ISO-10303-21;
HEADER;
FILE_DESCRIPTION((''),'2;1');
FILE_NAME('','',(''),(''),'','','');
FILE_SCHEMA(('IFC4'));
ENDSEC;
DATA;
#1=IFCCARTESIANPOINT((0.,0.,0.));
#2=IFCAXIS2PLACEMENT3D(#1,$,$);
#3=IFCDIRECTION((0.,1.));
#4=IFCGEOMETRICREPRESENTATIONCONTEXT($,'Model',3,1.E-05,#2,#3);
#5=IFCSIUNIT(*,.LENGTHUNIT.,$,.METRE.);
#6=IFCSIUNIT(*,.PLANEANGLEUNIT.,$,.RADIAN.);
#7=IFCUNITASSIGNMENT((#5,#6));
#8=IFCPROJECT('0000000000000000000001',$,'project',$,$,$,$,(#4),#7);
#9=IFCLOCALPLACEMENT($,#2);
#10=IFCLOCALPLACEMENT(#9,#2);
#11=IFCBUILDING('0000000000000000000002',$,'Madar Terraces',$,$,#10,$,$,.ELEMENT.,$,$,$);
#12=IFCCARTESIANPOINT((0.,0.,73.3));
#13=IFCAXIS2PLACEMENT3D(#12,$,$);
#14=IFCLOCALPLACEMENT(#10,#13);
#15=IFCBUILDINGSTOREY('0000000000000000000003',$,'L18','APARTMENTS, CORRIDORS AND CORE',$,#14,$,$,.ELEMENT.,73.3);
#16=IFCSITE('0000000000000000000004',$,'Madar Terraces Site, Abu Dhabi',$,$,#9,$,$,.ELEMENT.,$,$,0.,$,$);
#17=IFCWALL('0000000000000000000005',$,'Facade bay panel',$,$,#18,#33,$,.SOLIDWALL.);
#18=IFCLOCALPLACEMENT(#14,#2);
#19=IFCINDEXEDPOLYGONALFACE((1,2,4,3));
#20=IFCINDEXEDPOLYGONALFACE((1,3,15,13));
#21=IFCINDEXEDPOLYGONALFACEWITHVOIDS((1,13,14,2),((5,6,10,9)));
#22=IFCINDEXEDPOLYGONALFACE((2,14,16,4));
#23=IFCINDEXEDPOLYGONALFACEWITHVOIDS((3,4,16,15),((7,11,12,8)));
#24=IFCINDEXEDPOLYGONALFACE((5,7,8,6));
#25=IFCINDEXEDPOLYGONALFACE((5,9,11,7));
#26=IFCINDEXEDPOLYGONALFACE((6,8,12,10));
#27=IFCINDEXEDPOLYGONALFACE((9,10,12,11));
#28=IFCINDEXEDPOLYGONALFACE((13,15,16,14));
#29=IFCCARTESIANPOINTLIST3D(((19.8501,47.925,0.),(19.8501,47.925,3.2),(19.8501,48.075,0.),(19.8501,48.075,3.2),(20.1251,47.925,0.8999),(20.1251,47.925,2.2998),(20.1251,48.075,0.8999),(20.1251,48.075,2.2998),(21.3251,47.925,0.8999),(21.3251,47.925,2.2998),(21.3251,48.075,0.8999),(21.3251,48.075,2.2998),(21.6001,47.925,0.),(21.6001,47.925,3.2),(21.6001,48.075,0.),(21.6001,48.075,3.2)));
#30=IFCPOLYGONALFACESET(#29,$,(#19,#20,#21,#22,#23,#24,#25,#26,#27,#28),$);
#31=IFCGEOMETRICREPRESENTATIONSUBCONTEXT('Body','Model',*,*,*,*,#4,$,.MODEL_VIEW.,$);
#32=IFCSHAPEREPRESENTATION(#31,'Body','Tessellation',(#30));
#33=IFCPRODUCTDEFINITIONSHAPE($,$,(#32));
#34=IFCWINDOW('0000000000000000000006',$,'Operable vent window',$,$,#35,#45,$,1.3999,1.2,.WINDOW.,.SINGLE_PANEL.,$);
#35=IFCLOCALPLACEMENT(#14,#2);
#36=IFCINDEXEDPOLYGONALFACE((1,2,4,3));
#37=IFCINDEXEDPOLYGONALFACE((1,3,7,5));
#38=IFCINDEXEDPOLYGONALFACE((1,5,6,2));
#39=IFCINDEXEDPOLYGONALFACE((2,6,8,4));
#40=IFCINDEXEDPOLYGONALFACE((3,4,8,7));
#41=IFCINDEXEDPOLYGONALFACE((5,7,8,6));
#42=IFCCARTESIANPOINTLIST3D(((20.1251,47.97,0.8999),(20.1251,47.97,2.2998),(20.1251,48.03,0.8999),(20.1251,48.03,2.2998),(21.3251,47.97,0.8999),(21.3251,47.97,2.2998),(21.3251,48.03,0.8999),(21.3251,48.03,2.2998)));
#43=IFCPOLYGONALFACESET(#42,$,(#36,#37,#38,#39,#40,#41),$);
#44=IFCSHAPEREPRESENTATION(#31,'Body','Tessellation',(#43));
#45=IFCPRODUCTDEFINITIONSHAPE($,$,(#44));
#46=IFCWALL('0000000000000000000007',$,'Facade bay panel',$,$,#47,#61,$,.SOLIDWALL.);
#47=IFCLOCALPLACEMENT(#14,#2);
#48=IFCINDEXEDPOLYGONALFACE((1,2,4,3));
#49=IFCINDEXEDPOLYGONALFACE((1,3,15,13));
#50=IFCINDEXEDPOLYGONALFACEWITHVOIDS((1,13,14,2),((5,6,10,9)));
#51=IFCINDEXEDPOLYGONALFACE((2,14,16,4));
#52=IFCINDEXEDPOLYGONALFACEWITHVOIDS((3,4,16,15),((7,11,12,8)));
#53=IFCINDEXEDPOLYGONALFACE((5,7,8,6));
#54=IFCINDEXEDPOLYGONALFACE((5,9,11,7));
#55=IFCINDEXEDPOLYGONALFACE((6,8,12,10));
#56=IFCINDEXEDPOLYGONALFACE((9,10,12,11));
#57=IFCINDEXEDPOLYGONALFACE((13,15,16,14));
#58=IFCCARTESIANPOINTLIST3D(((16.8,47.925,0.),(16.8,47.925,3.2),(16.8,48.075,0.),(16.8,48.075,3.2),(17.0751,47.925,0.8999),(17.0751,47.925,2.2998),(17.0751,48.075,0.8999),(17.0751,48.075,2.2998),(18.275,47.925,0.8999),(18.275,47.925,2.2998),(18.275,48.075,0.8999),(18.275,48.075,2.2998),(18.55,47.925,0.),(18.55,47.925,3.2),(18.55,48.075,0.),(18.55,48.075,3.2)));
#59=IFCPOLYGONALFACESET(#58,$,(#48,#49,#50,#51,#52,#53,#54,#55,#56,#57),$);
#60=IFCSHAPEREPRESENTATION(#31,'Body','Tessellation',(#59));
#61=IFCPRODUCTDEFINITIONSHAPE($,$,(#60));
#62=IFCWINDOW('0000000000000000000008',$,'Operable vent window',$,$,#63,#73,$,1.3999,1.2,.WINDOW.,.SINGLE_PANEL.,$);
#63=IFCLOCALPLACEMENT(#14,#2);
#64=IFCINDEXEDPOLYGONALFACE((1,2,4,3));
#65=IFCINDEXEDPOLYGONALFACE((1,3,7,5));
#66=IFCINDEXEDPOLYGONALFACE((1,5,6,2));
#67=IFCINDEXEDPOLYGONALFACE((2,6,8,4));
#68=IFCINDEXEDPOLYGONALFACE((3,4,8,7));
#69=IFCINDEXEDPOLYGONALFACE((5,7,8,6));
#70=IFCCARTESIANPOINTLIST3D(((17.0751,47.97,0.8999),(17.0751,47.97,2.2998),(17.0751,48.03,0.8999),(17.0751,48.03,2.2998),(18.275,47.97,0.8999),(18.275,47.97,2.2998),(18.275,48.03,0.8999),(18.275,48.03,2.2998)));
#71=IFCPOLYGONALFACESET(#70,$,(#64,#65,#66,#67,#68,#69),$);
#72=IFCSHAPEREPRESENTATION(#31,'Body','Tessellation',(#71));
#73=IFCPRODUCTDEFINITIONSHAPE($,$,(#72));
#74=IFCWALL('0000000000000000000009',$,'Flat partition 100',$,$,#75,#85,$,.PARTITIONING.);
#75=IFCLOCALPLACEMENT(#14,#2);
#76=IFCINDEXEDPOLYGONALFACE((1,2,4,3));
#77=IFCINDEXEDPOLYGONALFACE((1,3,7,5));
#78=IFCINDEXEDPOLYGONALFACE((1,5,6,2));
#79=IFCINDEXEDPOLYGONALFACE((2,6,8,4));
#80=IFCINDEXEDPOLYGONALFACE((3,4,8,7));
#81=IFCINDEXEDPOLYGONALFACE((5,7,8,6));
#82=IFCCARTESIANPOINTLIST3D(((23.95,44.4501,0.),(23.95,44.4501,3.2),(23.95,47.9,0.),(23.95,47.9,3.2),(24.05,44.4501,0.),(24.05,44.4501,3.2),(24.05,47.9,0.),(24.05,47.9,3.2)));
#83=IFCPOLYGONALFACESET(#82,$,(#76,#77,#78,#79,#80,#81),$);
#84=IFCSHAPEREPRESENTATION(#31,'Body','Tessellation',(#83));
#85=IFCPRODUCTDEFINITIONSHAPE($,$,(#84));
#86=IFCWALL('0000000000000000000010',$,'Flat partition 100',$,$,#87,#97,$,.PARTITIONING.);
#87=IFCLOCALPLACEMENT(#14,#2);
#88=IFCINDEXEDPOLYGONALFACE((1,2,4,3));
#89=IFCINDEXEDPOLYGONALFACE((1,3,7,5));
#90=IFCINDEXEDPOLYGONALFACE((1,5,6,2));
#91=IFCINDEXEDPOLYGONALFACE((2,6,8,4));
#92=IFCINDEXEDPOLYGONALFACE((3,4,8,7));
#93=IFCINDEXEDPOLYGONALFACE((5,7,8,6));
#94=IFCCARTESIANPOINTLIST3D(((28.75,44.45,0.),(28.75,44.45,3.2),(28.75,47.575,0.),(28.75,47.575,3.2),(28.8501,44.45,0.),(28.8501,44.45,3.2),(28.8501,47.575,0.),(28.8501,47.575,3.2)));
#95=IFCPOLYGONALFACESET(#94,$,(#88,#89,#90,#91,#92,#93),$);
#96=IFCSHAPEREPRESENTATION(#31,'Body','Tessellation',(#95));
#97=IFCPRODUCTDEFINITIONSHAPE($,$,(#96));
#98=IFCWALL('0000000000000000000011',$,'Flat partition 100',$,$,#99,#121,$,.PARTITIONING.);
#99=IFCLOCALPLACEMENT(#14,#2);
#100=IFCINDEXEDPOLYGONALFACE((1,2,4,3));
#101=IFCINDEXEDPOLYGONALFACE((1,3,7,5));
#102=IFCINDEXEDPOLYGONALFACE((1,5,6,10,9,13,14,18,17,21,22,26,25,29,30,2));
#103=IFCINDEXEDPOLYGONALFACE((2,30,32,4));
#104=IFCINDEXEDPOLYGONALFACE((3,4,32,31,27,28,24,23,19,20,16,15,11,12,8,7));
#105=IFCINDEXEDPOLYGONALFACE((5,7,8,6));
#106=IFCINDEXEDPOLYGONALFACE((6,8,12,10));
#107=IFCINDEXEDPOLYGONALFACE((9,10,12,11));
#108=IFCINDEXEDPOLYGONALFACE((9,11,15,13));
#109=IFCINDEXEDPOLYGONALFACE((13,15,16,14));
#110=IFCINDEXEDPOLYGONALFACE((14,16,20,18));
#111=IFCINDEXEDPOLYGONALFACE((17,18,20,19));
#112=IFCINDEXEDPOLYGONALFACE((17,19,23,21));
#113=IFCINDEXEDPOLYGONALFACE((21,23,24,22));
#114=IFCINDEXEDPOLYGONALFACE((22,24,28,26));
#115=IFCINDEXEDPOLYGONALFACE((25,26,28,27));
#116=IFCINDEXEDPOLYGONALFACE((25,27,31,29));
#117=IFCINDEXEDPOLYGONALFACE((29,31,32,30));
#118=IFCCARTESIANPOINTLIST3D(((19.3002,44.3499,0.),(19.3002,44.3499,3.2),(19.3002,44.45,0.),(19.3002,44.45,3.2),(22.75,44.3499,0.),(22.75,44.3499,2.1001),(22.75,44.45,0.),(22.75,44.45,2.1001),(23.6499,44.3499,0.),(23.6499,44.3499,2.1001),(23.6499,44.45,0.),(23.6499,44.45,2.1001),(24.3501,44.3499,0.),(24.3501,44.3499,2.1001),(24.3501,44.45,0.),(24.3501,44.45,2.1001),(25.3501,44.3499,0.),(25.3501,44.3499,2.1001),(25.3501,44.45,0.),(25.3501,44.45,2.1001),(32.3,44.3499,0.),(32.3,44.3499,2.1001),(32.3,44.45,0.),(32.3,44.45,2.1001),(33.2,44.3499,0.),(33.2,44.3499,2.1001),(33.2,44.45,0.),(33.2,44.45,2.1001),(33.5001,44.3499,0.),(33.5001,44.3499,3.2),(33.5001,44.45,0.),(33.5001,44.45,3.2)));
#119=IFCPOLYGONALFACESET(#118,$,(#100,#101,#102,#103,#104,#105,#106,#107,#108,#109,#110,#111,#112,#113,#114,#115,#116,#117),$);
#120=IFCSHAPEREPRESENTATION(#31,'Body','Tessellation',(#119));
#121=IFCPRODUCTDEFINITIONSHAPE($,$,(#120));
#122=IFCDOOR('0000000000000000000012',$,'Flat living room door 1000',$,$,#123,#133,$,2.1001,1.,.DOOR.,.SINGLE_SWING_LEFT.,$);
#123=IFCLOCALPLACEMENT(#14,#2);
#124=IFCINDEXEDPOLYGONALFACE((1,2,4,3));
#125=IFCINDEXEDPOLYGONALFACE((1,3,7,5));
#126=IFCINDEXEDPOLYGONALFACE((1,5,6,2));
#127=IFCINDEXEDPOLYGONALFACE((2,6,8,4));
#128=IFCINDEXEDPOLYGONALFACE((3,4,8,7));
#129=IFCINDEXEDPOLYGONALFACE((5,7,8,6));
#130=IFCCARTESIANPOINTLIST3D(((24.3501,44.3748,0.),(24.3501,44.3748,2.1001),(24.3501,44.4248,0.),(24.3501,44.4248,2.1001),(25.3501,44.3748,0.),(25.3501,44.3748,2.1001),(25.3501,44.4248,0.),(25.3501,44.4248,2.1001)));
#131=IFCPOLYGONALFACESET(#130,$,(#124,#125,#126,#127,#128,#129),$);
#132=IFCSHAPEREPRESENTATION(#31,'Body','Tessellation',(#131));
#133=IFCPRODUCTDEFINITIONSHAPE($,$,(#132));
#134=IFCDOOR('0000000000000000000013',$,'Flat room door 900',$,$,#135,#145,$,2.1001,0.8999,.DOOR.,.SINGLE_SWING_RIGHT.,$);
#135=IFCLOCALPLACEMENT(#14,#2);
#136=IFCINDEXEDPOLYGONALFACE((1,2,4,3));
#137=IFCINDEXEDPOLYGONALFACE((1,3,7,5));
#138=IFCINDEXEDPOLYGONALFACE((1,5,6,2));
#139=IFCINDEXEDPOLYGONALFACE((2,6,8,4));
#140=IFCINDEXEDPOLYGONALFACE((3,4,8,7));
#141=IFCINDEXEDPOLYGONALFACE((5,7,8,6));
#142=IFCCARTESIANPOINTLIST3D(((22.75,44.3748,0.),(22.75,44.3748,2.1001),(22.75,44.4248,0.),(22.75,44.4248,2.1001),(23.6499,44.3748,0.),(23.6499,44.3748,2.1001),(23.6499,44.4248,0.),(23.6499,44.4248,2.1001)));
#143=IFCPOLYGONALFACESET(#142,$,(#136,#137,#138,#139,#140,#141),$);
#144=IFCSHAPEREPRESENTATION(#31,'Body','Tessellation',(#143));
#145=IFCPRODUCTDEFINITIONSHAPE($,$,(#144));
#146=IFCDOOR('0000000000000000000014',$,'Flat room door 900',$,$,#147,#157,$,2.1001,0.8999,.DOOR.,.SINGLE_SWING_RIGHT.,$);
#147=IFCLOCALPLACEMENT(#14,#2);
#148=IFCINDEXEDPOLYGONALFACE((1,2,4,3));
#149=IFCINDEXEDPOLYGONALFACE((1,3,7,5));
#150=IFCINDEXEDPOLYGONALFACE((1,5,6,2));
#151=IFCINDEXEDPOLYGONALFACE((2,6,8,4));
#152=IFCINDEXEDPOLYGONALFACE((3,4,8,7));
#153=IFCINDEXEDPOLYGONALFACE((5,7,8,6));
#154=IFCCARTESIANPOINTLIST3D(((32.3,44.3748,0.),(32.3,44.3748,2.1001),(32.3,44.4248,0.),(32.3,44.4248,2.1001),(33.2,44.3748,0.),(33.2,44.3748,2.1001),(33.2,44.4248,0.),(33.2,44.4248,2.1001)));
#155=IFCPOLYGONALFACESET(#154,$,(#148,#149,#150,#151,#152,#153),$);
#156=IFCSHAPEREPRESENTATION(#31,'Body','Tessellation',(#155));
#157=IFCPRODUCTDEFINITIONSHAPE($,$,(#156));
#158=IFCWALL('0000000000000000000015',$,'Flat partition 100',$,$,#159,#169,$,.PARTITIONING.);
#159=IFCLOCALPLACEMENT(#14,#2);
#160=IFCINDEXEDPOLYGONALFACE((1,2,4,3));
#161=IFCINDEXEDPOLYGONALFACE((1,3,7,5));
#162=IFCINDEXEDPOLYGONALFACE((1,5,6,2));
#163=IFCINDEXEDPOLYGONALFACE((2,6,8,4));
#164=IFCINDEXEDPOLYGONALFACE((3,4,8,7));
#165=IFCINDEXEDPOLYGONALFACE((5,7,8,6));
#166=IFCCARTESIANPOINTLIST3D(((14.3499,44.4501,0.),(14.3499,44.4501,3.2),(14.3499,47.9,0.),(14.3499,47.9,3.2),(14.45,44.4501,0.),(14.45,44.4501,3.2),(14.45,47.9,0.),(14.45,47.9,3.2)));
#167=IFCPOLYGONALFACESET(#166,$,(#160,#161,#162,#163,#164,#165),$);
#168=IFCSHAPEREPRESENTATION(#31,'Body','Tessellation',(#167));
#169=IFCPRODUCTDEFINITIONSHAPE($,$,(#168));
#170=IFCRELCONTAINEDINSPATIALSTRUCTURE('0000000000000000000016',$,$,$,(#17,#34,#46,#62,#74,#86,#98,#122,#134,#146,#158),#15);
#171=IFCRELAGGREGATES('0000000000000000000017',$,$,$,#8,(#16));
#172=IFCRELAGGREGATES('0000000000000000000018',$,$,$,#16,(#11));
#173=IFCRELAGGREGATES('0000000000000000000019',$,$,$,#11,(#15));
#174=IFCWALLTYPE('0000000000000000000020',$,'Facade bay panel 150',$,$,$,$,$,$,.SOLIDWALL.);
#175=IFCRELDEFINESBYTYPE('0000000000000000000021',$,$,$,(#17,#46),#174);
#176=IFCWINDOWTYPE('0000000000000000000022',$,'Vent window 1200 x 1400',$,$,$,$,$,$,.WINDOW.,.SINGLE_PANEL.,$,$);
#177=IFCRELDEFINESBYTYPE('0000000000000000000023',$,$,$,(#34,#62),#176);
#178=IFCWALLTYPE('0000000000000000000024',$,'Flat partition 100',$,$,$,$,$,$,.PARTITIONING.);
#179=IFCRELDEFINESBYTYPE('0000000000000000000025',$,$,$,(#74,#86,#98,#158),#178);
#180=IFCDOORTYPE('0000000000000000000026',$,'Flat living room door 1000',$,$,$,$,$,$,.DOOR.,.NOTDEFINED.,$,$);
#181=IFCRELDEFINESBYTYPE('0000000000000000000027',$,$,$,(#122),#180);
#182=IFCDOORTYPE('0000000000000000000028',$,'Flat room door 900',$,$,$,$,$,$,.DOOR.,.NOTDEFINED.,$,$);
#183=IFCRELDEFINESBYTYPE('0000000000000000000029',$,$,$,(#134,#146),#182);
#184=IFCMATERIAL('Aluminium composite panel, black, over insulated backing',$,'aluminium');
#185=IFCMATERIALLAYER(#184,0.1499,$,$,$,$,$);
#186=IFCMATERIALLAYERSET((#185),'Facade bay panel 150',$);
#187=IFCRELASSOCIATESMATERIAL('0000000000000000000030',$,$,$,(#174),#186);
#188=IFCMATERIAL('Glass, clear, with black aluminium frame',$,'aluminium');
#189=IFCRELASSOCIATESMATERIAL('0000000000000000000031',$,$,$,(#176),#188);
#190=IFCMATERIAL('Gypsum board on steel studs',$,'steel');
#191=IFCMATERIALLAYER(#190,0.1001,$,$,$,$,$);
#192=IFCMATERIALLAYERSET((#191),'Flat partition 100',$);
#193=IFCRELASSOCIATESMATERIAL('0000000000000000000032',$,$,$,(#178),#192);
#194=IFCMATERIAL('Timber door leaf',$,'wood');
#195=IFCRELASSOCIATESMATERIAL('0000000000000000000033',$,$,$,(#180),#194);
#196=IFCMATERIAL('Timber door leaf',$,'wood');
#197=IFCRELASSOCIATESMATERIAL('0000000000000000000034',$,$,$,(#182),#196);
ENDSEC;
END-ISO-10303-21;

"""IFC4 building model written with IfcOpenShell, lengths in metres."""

from ifc_helpers import new_model, si_unit, direction, frame, frame_2d, origin, place, context, subcontext, project, spatial, rectangle, extrude, material, layer, layer_set, type_object, element, fill, save


model = new_model("IFC4")

# Units and contexts
model_context = context("Model", 3, precision=1e-05, world=origin(), true_north=direction((0.0, 1.0)))
body_context = subcontext(model_context, "Body", "Model", "MODEL_VIEW")
ifc_project = project(units=[si_unit("LENGTHUNIT", "METRE"), si_unit("PLANEANGLEUNIT", "RADIAN")], contexts=[model_context])

# Site, building, storey
site_placement = place(None, origin())
site = spatial("IfcSite", under=ifc_project, at=site_placement, Name="Madar Terraces Site, Abu Dhabi", CompositionType="ELEMENT", RefElevation=0.0)
building_placement = place(site_placement, origin())
building = spatial("IfcBuilding", under=site, at=building_placement, Name="Madar Terraces", CompositionType="ELEMENT")
storey_placement = place(building_placement, frame((0.0, 0.0, 73.3)))
storey = spatial("IfcBuildingStorey", under=building, at=storey_placement, Name="L18", Description="APARTMENTS, CORRIDORS AND CORE", CompositionType="ELEMENT", Elevation=73.3)

# Walls, openings, windows
ifc_material_1 = material(Name="Aluminium composite panel, black, over insulated backing", Category="aluminium")
ifc_layer_1 = layer(ifc_material_1, 0.1499)
ifc_layer_set_1 = layer_set([ifc_layer_1], Name="Facade bay panel 150")
wall_type_1 = type_object("IfcWallType", Name="Facade bay panel 150", PredefinedType="SOLIDWALL", material=ifc_layer_set_1)
ifc_material_2 = material(Name="Glass, clear, with black aluminium frame", Category="aluminium")
window_type = type_object("IfcWindowType", Name="Vent window 1200 x 1400", PartitioningType="SINGLE_PANEL", PredefinedType="WINDOW", material=ifc_material_2)
wall_1_placement = place(storey_placement, frame((21.6001, 48.0, 0.0), z_axis=(0.0, 0.0, 1.0), x_axis=(-1.0, 0.0, 0.0)))
wall_1 = element("IfcWall", 1, at=wall_1_placement, inside=storey, type_object=wall_type_1, Name="Facade bay panel", PredefinedType="SOLIDWALL", context=body_context, shape_type="SweptSolid", body=[
    extrude(rectangle(XDim=1.75, YDim=0.1499, at=frame_2d((0.875, 0.0))), origin(), (0.0, 0.0, 1.0), 3.2),
])
opening_1_placement = place(wall_1_placement, frame((0.2749, 0.0, 0.8999)))
opening_1 = element("IfcOpeningElement", 2, at=opening_1_placement, cuts=wall_1, PredefinedType="OPENING", context=body_context, shape_type="SweptSolid", body=[
    extrude(rectangle(XDim=1.2, YDim=1.3999, at=frame_2d((0.6001, 0.7))), frame((0.0, 0.085, 0.0), z_axis=(0.0, -1.0, 0.0), x_axis=(1.0, 0.0, 0.0)), (0.0, 0.0, 1.0), 0.1699),
])
window_1_placement = place(opening_1_placement, origin())
window_1 = element("IfcWindow", 3, at=window_1_placement, inside=storey, type_object=window_type, Name="Operable vent window", OverallHeight=1.3999, OverallWidth=1.2, PartitioningType="SINGLE_PANEL", PredefinedType="WINDOW", context=body_context, shape_type="SweptSolid", body=[
    extrude(rectangle(XDim=1.2, YDim=1.3999, at=frame_2d((0.6001, 0.7))), frame((0.0, 0.03, 0.0), z_axis=(0.0, -1.0, 0.0), x_axis=(1.0, 0.0, 0.0)), (0.0, 0.0, 1.0), 0.0601),
])
fill(opening_1, window_1)
wall_2_placement = place(storey_placement, frame((18.55, 48.0, 0.0), z_axis=(0.0, 0.0, 1.0), x_axis=(-1.0, 0.0, 0.0)))
wall_2 = element("IfcWall", 4, at=wall_2_placement, inside=storey, type_object=wall_type_1, Name="Facade bay panel", PredefinedType="SOLIDWALL", context=body_context, shape_type="SweptSolid", body=[
    extrude(rectangle(XDim=1.75, YDim=0.1499, at=frame_2d((0.875, 0.0))), origin(), (0.0, 0.0, 1.0), 3.2),
])
opening_2_placement = place(wall_2_placement, frame((0.2749, 0.0, 0.8999)))
opening_2 = element("IfcOpeningElement", 5, at=opening_2_placement, cuts=wall_2, PredefinedType="OPENING", context=body_context, shape_type="SweptSolid", body=[
    extrude(rectangle(XDim=1.2, YDim=1.3999, at=frame_2d((0.6001, 0.7))), frame((0.0, 0.085, 0.0), z_axis=(0.0, -1.0, 0.0), x_axis=(1.0, 0.0, 0.0)), (0.0, 0.0, 1.0), 0.1699),
])
window_2_placement = place(opening_2_placement, origin())
window_2 = element("IfcWindow", 6, at=window_2_placement, inside=storey, type_object=window_type, Name="Operable vent window", OverallHeight=1.3999, OverallWidth=1.2, PartitioningType="SINGLE_PANEL", PredefinedType="WINDOW", context=body_context, shape_type="SweptSolid", body=[
    extrude(rectangle(XDim=1.2, YDim=1.3999, at=frame_2d((0.6001, 0.7))), frame((0.0, 0.03, 0.0), z_axis=(0.0, -1.0, 0.0), x_axis=(1.0, 0.0, 0.0)), (0.0, 0.0, 1.0), 0.0601),
])
fill(opening_2, window_2)

# Walls
ifc_material_3 = material(Name="Gypsum board on steel studs", Category="steel")
ifc_layer_2 = layer(ifc_material_3, 0.1001)
ifc_layer_set_2 = layer_set([ifc_layer_2], Name="Flat partition 100")
wall_type_2 = type_object("IfcWallType", Name="Flat partition 100", PredefinedType="PARTITIONING", material=ifc_layer_set_2)
wall_3_placement = place(storey_placement, frame((24.0, 44.45, 0.0), z_axis=(0.0, 0.0, 1.0), x_axis=(0.0, 1.0, 0.0)))
element("IfcWall", 7, at=wall_3_placement, inside=storey, type_object=wall_type_2, Name="Flat partition 100", PredefinedType="PARTITIONING", context=body_context, shape_type="SweptSolid", body=[
    extrude(rectangle(XDim=3.45, YDim=0.1001, at=frame_2d((1.7251, 0.0))), origin(), (0.0, 0.0, 1.0), 3.2),
])
wall_4_placement = place(storey_placement, frame((28.8, 44.45, 0.0), z_axis=(0.0, 0.0, 1.0), x_axis=(0.0, 1.0, 0.0)))
element("IfcWall", 8, at=wall_4_placement, inside=storey, type_object=wall_type_2, Name="Flat partition 100", PredefinedType="PARTITIONING", context=body_context, shape_type="SweptSolid", body=[
    extrude(rectangle(XDim=3.125, YDim=0.1001, at=frame_2d((1.5625, 0.0))), origin(), (0.0, 0.0, 1.0), 3.2),
])

# Wall, openings, doors
wall_5_placement = place(storey_placement, frame((19.3, 44.3999, 0.0), z_axis=(0.0, 0.0, 1.0), x_axis=(1.0, 0.0, 0.0)))
wall_5 = element("IfcWall", 9, at=wall_5_placement, inside=storey, type_object=wall_type_2, Name="Flat partition 100", PredefinedType="PARTITIONING", context=body_context, shape_type="SweptSolid", body=[
    extrude(rectangle(XDim=14.2, YDim=0.1001, at=frame_2d((7.1001, 0.0))), origin(), (0.0, 0.0, 1.0), 3.2),
])
opening_3_placement = place(wall_5_placement, frame((3.45, 0.0, 0.0)))
opening_3 = element("IfcOpeningElement", 10, at=opening_3_placement, cuts=wall_5, PredefinedType="OPENING", context=body_context, shape_type="SweptSolid", body=[
    extrude(rectangle(XDim=0.8999, YDim=2.1001, at=frame_2d((0.45, 1.05))), frame((0.0, 0.0601, 0.0), z_axis=(0.0, -1.0, 0.0), x_axis=(1.0, 0.0, 0.0)), (0.0, 0.0, 1.0), 0.1201),
])
opening_4_placement = place(wall_5_placement, frame((5.05, 0.0, 0.0)))
opening_4 = element("IfcOpeningElement", 11, at=opening_4_placement, cuts=wall_5, PredefinedType="OPENING", context=body_context, shape_type="SweptSolid", body=[
    extrude(rectangle(XDim=1.0, YDim=2.1001, at=frame_2d((0.5, 1.05))), frame((0.0, 0.0601, 0.0), z_axis=(0.0, -1.0, 0.0), x_axis=(1.0, 0.0, 0.0)), (0.0, 0.0, 1.0), 0.1201),
])
opening_5_placement = place(wall_5_placement, frame((13.0, 0.0, 0.0)))
opening_5 = element("IfcOpeningElement", 12, at=opening_5_placement, cuts=wall_5, PredefinedType="OPENING", context=body_context, shape_type="SweptSolid", body=[
    extrude(rectangle(XDim=0.8999, YDim=2.1001, at=frame_2d((0.45, 1.05))), frame((0.0, 0.0601, 0.0), z_axis=(0.0, -1.0, 0.0), x_axis=(1.0, 0.0, 0.0)), (0.0, 0.0, 1.0), 0.1201),
])
ifc_material_4 = material(Name="Timber door leaf", Category="wood")
door_type_1 = type_object("IfcDoorType", Name="Flat living room door 1000", OperationType="NOTDEFINED", PredefinedType="DOOR", material=ifc_material_4)
door_1_placement = place(opening_4_placement, origin())
door_1 = element("IfcDoor", 13, at=door_1_placement, inside=storey, type_object=door_type_1, Name="Flat living room door 1000", OperationType="SINGLE_SWING_LEFT", OverallHeight=2.1001, OverallWidth=1.0, PredefinedType="DOOR", context=body_context, shape_type="SweptSolid", body=[
    extrude(rectangle(XDim=1.0, YDim=2.1001, at=frame_2d((0.5, 1.05))), frame((0.0, 0.0249, 0.0), z_axis=(0.0, -1.0, 0.0), x_axis=(1.0, 0.0, 0.0)), (0.0, 0.0, 1.0), 0.05),
])
fill(opening_4, door_1)
ifc_material_5 = material(Name="Timber door leaf", Category="wood")
door_type_2 = type_object("IfcDoorType", Name="Flat room door 900", OperationType="NOTDEFINED", PredefinedType="DOOR", material=ifc_material_5)
door_2_placement = place(opening_3_placement, origin())
door_2 = element("IfcDoor", 14, at=door_2_placement, inside=storey, type_object=door_type_2, Name="Flat room door 900", OperationType="SINGLE_SWING_RIGHT", OverallHeight=2.1001, OverallWidth=0.8999, PredefinedType="DOOR", context=body_context, shape_type="SweptSolid", body=[
    extrude(rectangle(XDim=0.8999, YDim=2.1001, at=frame_2d((0.45, 1.05))), frame((0.0, 0.0249, 0.0), z_axis=(0.0, -1.0, 0.0), x_axis=(1.0, 0.0, 0.0)), (0.0, 0.0, 1.0), 0.05),
])
fill(opening_3, door_2)
door_3_placement = place(opening_5_placement, origin())
door_3 = element("IfcDoor", 15, at=door_3_placement, inside=storey, type_object=door_type_2, Name="Flat room door 900", OperationType="SINGLE_SWING_RIGHT", OverallHeight=2.1001, OverallWidth=0.8999, PredefinedType="DOOR", context=body_context, shape_type="SweptSolid", body=[
    extrude(rectangle(XDim=0.8999, YDim=2.1001, at=frame_2d((0.45, 1.05))), frame((0.0, 0.0249, 0.0), z_axis=(0.0, -1.0, 0.0), x_axis=(1.0, 0.0, 0.0)), (0.0, 0.0, 1.0), 0.05),
])
fill(opening_5, door_3)

# Wall
wall_6_placement = place(storey_placement, frame((14.3999, 44.45, 0.0), z_axis=(0.0, 0.0, 1.0), x_axis=(0.0, 1.0, 0.0)))
element("IfcWall", 16, at=wall_6_placement, inside=storey, type_object=wall_type_2, Name="Flat partition 100", PredefinedType="PARTITIONING", context=body_context, shape_type="SweptSolid", body=[
    extrude(rectangle(XDim=3.45, YDim=0.1001, at=frame_2d((1.7251, 0.0))), origin(), (0.0, 0.0, 1.0), 3.2),
])

save(model, "model.ifc")
